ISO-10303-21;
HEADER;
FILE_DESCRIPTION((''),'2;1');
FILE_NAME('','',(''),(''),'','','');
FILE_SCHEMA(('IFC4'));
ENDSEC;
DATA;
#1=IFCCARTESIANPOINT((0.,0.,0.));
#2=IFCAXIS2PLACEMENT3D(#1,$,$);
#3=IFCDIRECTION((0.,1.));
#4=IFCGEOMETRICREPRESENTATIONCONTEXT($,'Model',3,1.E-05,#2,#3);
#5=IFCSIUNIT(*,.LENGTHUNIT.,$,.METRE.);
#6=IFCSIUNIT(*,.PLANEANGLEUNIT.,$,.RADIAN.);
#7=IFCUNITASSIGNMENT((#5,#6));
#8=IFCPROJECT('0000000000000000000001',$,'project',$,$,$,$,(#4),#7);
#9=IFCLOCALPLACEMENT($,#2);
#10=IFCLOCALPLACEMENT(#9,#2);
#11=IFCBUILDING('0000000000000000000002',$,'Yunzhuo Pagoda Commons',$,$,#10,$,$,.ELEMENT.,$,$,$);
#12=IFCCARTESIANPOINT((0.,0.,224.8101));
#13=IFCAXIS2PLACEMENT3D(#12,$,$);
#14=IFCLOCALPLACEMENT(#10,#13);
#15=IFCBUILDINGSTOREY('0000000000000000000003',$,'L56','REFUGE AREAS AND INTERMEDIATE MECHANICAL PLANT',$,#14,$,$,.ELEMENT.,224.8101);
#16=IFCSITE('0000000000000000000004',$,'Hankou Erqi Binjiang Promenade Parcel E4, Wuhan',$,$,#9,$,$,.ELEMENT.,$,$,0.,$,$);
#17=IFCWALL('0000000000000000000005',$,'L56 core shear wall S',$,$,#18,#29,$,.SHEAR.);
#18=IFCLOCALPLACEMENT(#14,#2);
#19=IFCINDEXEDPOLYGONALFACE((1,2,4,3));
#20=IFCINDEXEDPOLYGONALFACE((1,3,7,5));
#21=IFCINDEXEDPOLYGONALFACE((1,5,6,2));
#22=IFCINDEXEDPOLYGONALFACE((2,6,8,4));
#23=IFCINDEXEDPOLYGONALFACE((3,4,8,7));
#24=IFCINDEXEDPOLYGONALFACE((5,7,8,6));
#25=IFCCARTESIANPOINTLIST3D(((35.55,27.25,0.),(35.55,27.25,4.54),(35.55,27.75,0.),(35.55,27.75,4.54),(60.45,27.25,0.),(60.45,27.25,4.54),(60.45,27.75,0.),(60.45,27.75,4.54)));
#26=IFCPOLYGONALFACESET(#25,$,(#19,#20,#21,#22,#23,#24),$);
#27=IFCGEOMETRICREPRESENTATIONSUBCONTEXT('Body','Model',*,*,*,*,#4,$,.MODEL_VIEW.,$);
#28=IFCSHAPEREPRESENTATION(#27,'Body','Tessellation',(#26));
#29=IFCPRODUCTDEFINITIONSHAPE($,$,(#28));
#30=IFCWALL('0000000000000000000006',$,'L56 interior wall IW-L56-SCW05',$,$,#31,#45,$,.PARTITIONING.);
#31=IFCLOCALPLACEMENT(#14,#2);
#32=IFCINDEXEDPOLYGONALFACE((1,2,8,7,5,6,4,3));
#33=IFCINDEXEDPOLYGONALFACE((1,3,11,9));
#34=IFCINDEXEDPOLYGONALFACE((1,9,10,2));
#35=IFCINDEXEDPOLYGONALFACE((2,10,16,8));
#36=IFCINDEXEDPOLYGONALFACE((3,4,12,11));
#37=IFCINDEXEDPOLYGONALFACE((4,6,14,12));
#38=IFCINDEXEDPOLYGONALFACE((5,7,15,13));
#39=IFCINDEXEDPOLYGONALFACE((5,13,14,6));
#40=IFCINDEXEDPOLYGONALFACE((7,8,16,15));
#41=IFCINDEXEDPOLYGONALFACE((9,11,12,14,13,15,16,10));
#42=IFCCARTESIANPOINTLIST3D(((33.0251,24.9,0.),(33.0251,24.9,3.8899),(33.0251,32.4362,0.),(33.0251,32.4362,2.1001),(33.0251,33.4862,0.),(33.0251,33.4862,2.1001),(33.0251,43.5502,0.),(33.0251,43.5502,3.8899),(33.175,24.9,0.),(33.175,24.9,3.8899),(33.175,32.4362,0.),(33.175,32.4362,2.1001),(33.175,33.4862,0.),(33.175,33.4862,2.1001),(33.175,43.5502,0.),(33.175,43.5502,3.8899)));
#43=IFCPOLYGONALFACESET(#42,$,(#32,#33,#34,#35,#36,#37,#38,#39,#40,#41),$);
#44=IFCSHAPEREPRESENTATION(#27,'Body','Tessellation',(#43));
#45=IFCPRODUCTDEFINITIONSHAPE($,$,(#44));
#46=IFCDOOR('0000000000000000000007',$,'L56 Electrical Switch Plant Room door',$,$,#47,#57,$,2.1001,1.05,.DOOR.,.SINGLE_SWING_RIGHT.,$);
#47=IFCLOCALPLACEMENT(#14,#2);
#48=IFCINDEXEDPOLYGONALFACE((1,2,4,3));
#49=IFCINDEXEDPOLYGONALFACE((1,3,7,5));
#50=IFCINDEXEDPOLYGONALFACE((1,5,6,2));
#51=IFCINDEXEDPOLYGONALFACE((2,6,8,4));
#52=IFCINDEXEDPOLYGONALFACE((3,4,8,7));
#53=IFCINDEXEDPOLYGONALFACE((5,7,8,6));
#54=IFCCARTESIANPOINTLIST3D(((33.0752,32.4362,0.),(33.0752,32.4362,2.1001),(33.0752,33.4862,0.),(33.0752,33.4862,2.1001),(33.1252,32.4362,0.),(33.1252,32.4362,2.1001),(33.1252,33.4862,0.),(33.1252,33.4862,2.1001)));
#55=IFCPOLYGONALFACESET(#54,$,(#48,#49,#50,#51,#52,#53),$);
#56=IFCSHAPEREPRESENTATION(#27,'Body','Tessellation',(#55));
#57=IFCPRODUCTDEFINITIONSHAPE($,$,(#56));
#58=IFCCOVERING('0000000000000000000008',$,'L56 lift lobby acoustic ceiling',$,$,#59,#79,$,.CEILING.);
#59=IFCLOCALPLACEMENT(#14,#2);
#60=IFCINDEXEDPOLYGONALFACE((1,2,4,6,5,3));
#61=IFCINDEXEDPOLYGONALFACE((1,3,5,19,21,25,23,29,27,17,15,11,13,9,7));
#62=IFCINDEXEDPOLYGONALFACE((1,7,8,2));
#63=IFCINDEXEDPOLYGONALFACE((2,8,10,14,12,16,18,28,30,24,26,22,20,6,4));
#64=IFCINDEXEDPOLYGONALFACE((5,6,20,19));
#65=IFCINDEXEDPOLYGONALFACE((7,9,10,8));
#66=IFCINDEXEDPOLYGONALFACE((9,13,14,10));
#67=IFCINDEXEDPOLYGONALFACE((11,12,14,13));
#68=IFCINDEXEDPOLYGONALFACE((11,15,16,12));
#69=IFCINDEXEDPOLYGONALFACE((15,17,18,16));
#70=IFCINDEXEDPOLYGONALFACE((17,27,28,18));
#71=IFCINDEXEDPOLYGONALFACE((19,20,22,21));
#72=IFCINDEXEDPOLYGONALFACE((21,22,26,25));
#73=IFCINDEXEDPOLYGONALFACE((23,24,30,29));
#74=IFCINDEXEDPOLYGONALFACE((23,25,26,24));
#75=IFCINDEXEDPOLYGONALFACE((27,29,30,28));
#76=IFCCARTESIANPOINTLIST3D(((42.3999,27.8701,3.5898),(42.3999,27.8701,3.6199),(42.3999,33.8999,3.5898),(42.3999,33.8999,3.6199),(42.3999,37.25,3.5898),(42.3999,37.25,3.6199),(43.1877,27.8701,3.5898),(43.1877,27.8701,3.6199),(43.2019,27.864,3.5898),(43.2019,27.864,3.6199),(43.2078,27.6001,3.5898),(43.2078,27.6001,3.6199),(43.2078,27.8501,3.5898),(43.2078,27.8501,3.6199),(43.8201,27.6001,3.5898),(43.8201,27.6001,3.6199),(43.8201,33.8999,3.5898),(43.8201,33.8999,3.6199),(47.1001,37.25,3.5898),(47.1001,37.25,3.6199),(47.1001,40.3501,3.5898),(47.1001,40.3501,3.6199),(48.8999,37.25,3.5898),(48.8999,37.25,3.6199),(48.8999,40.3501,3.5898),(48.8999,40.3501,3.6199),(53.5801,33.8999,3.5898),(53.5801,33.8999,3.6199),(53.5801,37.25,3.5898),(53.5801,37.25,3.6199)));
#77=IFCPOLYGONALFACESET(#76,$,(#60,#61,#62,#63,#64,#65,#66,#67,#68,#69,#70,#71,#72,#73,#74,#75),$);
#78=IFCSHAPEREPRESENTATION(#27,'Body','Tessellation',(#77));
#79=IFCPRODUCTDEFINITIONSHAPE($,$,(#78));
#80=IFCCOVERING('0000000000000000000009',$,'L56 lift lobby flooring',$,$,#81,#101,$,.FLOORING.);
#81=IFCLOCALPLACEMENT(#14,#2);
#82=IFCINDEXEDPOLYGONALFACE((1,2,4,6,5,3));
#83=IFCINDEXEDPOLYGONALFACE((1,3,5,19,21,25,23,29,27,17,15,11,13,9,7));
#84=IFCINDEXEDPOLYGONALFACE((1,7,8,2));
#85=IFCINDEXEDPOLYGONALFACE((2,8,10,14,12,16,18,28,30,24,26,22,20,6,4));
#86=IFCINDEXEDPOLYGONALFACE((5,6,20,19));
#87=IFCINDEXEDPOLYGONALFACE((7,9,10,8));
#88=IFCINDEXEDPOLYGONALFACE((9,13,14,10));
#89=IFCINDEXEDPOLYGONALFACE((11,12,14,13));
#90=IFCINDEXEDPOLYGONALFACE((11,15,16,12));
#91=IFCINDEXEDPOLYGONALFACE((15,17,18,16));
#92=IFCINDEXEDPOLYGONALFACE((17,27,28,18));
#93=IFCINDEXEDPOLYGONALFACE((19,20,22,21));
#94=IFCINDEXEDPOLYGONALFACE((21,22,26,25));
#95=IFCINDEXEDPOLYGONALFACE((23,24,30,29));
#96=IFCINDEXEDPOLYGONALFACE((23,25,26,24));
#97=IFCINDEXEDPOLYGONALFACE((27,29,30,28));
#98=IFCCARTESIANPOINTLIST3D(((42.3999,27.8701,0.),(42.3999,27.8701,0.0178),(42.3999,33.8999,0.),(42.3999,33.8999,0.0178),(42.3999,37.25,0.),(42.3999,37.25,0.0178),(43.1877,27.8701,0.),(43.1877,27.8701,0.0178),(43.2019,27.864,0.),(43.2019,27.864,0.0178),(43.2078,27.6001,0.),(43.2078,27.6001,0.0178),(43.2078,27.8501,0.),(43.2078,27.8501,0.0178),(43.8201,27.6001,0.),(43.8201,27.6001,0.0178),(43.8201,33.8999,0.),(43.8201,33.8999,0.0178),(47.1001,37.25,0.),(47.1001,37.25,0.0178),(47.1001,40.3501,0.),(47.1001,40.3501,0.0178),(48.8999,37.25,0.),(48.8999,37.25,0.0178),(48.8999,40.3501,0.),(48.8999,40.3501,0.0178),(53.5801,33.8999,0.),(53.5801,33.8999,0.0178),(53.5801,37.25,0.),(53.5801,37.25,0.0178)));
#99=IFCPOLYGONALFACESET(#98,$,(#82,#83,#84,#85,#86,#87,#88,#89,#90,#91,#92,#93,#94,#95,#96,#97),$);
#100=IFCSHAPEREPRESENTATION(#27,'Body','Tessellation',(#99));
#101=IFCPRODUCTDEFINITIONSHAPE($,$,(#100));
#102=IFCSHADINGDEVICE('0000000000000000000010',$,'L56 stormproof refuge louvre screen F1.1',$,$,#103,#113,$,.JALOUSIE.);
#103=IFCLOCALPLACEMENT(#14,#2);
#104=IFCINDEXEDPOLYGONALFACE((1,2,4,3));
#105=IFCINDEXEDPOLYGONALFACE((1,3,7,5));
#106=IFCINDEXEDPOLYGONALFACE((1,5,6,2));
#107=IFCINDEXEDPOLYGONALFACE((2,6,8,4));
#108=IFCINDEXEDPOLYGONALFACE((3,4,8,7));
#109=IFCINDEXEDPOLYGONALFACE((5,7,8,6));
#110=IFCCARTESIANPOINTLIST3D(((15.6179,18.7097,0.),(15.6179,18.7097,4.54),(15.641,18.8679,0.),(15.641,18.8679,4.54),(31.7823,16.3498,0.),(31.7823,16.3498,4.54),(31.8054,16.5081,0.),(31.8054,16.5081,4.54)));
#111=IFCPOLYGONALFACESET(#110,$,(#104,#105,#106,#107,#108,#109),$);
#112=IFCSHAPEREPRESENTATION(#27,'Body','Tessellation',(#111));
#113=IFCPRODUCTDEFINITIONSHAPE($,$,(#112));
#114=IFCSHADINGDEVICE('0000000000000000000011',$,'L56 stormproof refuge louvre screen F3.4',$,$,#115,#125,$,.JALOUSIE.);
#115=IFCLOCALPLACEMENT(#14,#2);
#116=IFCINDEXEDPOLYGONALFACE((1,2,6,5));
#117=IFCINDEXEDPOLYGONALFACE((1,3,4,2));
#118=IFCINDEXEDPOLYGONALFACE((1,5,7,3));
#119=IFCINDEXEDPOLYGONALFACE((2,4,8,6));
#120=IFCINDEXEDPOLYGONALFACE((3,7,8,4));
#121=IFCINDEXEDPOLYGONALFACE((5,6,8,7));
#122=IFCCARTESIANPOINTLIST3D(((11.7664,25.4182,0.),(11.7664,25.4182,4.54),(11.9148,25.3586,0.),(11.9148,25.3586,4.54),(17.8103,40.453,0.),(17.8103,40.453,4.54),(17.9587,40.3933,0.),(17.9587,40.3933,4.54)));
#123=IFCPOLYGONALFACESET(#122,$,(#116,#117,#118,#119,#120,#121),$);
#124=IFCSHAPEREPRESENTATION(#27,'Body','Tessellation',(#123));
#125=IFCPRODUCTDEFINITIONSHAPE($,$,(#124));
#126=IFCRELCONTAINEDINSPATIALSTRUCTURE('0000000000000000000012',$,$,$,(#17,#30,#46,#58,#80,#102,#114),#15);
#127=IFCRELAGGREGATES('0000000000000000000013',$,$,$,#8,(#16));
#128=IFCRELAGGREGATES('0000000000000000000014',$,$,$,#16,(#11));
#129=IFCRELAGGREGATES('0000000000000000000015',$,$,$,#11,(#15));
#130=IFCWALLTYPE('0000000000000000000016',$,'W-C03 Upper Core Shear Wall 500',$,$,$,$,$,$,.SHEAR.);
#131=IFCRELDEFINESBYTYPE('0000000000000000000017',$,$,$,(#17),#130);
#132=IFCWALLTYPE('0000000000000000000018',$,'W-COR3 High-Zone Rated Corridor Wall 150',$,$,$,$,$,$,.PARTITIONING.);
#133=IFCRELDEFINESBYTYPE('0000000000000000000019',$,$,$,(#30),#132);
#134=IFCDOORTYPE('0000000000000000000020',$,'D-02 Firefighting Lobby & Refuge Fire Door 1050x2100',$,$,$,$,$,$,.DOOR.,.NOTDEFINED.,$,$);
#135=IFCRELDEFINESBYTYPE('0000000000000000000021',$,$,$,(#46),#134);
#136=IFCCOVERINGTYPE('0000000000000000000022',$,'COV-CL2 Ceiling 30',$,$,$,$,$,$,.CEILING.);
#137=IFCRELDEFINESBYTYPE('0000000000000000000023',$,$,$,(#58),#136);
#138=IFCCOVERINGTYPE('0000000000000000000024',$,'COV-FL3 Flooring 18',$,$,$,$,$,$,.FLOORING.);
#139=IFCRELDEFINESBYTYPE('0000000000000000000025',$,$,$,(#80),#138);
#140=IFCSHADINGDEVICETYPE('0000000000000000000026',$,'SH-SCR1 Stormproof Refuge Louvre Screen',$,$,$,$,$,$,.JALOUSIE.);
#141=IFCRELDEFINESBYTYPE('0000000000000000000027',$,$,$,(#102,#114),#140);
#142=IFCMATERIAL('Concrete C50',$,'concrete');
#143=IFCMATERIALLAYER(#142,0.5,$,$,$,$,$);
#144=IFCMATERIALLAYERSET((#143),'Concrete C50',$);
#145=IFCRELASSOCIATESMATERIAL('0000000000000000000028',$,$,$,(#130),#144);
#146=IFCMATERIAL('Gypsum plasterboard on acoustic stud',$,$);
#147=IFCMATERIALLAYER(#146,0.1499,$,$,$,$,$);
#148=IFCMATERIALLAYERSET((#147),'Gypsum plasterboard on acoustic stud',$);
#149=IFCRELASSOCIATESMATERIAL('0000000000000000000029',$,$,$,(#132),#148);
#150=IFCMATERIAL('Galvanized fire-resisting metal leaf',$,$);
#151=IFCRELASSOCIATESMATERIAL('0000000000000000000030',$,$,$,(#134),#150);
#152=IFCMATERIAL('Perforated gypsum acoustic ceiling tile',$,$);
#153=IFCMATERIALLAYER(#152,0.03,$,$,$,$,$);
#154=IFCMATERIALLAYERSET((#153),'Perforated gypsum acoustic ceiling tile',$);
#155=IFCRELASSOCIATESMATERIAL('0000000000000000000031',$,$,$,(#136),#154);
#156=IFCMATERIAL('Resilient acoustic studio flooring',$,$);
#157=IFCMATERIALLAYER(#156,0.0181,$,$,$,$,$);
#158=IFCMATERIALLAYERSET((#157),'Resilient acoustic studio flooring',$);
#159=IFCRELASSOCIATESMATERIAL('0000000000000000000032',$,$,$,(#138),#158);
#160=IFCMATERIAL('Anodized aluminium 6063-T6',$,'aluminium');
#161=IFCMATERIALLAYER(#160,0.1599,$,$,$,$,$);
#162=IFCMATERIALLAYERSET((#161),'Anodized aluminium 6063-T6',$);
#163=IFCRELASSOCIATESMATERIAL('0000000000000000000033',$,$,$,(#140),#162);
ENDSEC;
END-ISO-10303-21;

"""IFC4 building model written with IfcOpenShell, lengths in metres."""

from ifc_helpers import new_model, si_unit, direction, frame, frame_2d, origin, origin_with_axes, origin_2d, place, context, subcontext, project, spatial, polyline, rectangle, outline, extrude, source, transform, mapped, material, layer, layer_set, type_object, element, fill, save


model = new_model("IFC4")

# Units and contexts
model_context = context("Model", 3, precision=1e-05, world=origin(), true_north=direction((0.0, 1.0)))
body_context = subcontext(model_context, "Body", "Model", "MODEL_VIEW")
ifc_project = project(units=[si_unit("LENGTHUNIT", "METRE"), si_unit("PLANEANGLEUNIT", "RADIAN")], contexts=[model_context])

# Site, building, storey
site_placement = place(None, origin())
site = spatial("IfcSite", under=ifc_project, at=site_placement, Name="Hankou Erqi Binjiang Promenade Parcel E4, Wuhan", CompositionType="ELEMENT", RefElevation=0.0)
building_placement = place(site_placement, origin())
building = spatial("IfcBuilding", under=site, at=building_placement, Name="Yunzhuo Pagoda Commons", CompositionType="ELEMENT")
storey_placement = place(building_placement, frame((0.0, 0.0, 224.8101)))
storey = spatial("IfcBuildingStorey", under=building, at=storey_placement, Name="L56", Description="REFUGE AREAS AND INTERMEDIATE MECHANICAL PLANT", CompositionType="ELEMENT", Elevation=224.8101)

# Wall
ifc_material_1 = material(Name="Concrete C50", Category="concrete")
ifc_layer_1 = layer(ifc_material_1, 0.5)
ifc_layer_set_1 = layer_set([ifc_layer_1], Name="Concrete C50")
wall_type_1 = type_object("IfcWallType", Name="W-C03 Upper Core Shear Wall 500", PredefinedType="SHEAR", material=ifc_layer_set_1)
wall_1_placement = place(storey_placement, frame((35.55, 27.5, 0.0), z_axis=(0.0, 0.0, 1.0), x_axis=(1.0, 0.0, 0.0)))
element("IfcWall", 1, at=wall_1_placement, inside=storey, type_object=wall_type_1, Name="L56 core shear wall S", PredefinedType="SHEAR", context=body_context, shape_type="SweptSolid", body=[
    extrude(rectangle(XDim=24.8999, YDim=0.5, at=frame_2d((12.45, 0.0))), origin(), (0.0, 0.0, 1.0), 4.54),
])

# Wall, opening, door
ifc_material_2 = material(Name="Gypsum plasterboard on acoustic stud")
ifc_layer_2 = layer(ifc_material_2, 0.1499)
ifc_layer_set_2 = layer_set([ifc_layer_2], Name="Gypsum plasterboard on acoustic stud")
wall_type_2 = type_object("IfcWallType", Name="W-COR3 High-Zone Rated Corridor Wall 150", PredefinedType="PARTITIONING", material=ifc_layer_set_2)
wall_2_placement = place(storey_placement, frame((33.1001, 24.8999, 0.0), z_axis=(0.0, 0.0, 1.0), x_axis=(0.0, 1.0, 0.0)))
wall_2 = element("IfcWall", 2, at=wall_2_placement, inside=storey, type_object=wall_type_2, Name="L56 interior wall IW-L56-SCW05", PredefinedType="PARTITIONING", context=body_context, shape_type="SweptSolid", body=[
    extrude(rectangle(XDim=18.6501, YDim=0.1499, at=frame_2d((9.3252, 0.0))), origin(), (0.0, 0.0, 1.0), 3.8899),
])
opening_placement = place(wall_2_placement, frame((7.5364, 0.0, 0.0)))
opening = element("IfcOpeningElement", 3, at=opening_placement, cuts=wall_2, PredefinedType="OPENING", context=body_context, shape_type="SweptSolid", body=[
    extrude(rectangle(XDim=1.05, YDim=2.1001, at=frame_2d((0.5249, 1.05))), frame((0.0, 0.085, 0.0), z_axis=(0.0, -1.0, 0.0), x_axis=(1.0, 0.0, 0.0)), (0.0, 0.0, 1.0), 0.1699),
])
ifc_material_3 = material(Name="Galvanized fire-resisting metal leaf")
door_type = type_object("IfcDoorType", Name="D-02 Firefighting Lobby & Refuge Fire Door 1050x2100", OperationType="NOTDEFINED", PredefinedType="DOOR", material=ifc_material_3)
shared_shape_1 = source(origin(), body_context, "Body", "SweptSolid", [
    extrude(rectangle(XDim=1.05, YDim=2.1001, at=frame_2d((0.5249, 1.05))), frame((0.0, 0.0249, 0.0), z_axis=(0.0, -1.0, 0.0), x_axis=(1.0, 0.0, 0.0)), (0.0, 0.0, 1.0), 0.05),
])
door_placement = place(opening_placement, origin_with_axes())
door = element("IfcDoor", 4, at=door_placement, inside=storey, type_object=door_type, Name="L56 Electrical Switch Plant Room door", OperationType="SINGLE_SWING_RIGHT", OverallHeight=2.1001, OverallWidth=1.05, PredefinedType="DOOR", context=body_context, shape_type="MappedRepresentation", body=[
    mapped(shared_shape_1, transform((0.0, 0.0, 0.0), scale=1.0)),
])
fill(opening, door)

# Coverings
ifc_material_4 = material(Name="Perforated gypsum acoustic ceiling tile")
ifc_layer_3 = layer(ifc_material_4, 0.03)
ifc_layer_set_3 = layer_set([ifc_layer_3], Name="Perforated gypsum acoustic ceiling tile")
covering_type_1 = type_object("IfcCoveringType", Name="COV-CL2 Ceiling 30", PredefinedType="CEILING", material=ifc_layer_set_3)
covering_1_placement = place(storey_placement, frame((0.0, 0.0, 3.5898)))
element("IfcCovering", 5, at=covering_1_placement, inside=storey, type_object=covering_type_1, Name="L56 lift lobby acoustic ceiling", PredefinedType="CEILING", context=body_context, shape_type="SweptSolid", body=[
    extrude(outline(polyline([(43.2078, 27.8501), (43.2019, 27.864), (43.1877, 27.8701), (42.3999, 27.8701), (42.3999, 33.8999), (42.3999, 37.25), (47.1001, 37.25), (47.1001, 40.3501), (48.8999, 40.3501), (48.8999, 37.25), (53.5801, 37.25), (53.5801, 33.8999), (43.8201, 33.8999), (43.8201, 27.6001), (43.2078, 27.6001), (43.2078, 27.8501)])), origin(), (0.0, 0.0, 1.0), 0.03),
])
ifc_material_5 = material(Name="Resilient acoustic studio flooring")
ifc_layer_4 = layer(ifc_material_5, 0.0181)
ifc_layer_set_4 = layer_set([ifc_layer_4], Name="Resilient acoustic studio flooring")
covering_type_2 = type_object("IfcCoveringType", Name="COV-FL3 Flooring 18", PredefinedType="FLOORING", material=ifc_layer_set_4)
covering_2_placement = place(storey_placement, origin())
element("IfcCovering", 6, at=covering_2_placement, inside=storey, type_object=covering_type_2, Name="L56 lift lobby flooring", PredefinedType="FLOORING", context=body_context, shape_type="SweptSolid", body=[
    extrude(outline(polyline([(43.2078, 27.8501), (43.2019, 27.864), (43.1877, 27.8701), (42.3999, 27.8701), (42.3999, 33.8999), (42.3999, 37.25), (47.1001, 37.25), (47.1001, 40.3501), (48.8999, 40.3501), (48.8999, 37.25), (53.5801, 37.25), (53.5801, 33.8999), (43.8201, 33.8999), (43.8201, 27.6001), (43.2078, 27.6001), (43.2078, 27.8501)])), origin(), (0.0, 0.0, 1.0), 0.0178),
])

# Shared definitions
ifc_material_6 = material(Name="Anodized aluminium 6063-T6", Category="aluminium")

# Shading devices
ifc_layer_5 = layer(ifc_material_6, 0.1599)
ifc_layer_set_5 = layer_set([ifc_layer_5], Name="Anodized aluminium 6063-T6")
shading_device_type = type_object("IfcShadingDeviceType", Name="SH-SCR1 Stormproof Refuge Louvre Screen", PredefinedType="JALOUSIE", material=ifc_layer_set_5)
shared_shape_2 = source(origin(), body_context, "Body", "SweptSolid", [
    extrude(rectangle(XDim=16.3357, YDim=0.1599, at=origin_2d()), origin(), (0.0, 0.0, 1.0), 4.54),
])
shading_device_1_placement = place(storey_placement, frame((23.7117, 17.6089, 0.0), z_axis=(0.0, 0.0, 1.0), x_axis=(0.989511, -0.14446, 0.0)))
element("IfcShadingDevice", 7, at=shading_device_1_placement, inside=storey, type_object=shading_device_type, Name="L56 stormproof refuge louvre screen F1.1", PredefinedType="JALOUSIE", context=body_context, shape_type="MappedRepresentation", body=[
    mapped(shared_shape_2, transform((0.0, 0.0, 0.0), scale=1.0)),
])
shared_shape_3 = source(origin(), body_context, "Body", "SweptSolid", [
    extrude(rectangle(XDim=16.2041, YDim=0.1599, at=origin_2d()), origin(), (0.0, 0.0, 1.0), 4.54),
])
shading_device_2_placement = place(storey_placement, frame((14.8625, 32.9058, 0.0), z_axis=(0.0, 0.0, 1.0), x_axis=(-0.372988, -0.927836, 0.0)))
element("IfcShadingDevice", 8, at=shading_device_2_placement, inside=storey, type_object=shading_device_type, Name="L56 stormproof refuge louvre screen F3.4", PredefinedType="JALOUSIE", context=body_context, shape_type="MappedRepresentation", body=[
    mapped(shared_shape_3, transform((0.0, 0.0, 0.0), scale=1.0)),
])

save(model, "model.ifc")
